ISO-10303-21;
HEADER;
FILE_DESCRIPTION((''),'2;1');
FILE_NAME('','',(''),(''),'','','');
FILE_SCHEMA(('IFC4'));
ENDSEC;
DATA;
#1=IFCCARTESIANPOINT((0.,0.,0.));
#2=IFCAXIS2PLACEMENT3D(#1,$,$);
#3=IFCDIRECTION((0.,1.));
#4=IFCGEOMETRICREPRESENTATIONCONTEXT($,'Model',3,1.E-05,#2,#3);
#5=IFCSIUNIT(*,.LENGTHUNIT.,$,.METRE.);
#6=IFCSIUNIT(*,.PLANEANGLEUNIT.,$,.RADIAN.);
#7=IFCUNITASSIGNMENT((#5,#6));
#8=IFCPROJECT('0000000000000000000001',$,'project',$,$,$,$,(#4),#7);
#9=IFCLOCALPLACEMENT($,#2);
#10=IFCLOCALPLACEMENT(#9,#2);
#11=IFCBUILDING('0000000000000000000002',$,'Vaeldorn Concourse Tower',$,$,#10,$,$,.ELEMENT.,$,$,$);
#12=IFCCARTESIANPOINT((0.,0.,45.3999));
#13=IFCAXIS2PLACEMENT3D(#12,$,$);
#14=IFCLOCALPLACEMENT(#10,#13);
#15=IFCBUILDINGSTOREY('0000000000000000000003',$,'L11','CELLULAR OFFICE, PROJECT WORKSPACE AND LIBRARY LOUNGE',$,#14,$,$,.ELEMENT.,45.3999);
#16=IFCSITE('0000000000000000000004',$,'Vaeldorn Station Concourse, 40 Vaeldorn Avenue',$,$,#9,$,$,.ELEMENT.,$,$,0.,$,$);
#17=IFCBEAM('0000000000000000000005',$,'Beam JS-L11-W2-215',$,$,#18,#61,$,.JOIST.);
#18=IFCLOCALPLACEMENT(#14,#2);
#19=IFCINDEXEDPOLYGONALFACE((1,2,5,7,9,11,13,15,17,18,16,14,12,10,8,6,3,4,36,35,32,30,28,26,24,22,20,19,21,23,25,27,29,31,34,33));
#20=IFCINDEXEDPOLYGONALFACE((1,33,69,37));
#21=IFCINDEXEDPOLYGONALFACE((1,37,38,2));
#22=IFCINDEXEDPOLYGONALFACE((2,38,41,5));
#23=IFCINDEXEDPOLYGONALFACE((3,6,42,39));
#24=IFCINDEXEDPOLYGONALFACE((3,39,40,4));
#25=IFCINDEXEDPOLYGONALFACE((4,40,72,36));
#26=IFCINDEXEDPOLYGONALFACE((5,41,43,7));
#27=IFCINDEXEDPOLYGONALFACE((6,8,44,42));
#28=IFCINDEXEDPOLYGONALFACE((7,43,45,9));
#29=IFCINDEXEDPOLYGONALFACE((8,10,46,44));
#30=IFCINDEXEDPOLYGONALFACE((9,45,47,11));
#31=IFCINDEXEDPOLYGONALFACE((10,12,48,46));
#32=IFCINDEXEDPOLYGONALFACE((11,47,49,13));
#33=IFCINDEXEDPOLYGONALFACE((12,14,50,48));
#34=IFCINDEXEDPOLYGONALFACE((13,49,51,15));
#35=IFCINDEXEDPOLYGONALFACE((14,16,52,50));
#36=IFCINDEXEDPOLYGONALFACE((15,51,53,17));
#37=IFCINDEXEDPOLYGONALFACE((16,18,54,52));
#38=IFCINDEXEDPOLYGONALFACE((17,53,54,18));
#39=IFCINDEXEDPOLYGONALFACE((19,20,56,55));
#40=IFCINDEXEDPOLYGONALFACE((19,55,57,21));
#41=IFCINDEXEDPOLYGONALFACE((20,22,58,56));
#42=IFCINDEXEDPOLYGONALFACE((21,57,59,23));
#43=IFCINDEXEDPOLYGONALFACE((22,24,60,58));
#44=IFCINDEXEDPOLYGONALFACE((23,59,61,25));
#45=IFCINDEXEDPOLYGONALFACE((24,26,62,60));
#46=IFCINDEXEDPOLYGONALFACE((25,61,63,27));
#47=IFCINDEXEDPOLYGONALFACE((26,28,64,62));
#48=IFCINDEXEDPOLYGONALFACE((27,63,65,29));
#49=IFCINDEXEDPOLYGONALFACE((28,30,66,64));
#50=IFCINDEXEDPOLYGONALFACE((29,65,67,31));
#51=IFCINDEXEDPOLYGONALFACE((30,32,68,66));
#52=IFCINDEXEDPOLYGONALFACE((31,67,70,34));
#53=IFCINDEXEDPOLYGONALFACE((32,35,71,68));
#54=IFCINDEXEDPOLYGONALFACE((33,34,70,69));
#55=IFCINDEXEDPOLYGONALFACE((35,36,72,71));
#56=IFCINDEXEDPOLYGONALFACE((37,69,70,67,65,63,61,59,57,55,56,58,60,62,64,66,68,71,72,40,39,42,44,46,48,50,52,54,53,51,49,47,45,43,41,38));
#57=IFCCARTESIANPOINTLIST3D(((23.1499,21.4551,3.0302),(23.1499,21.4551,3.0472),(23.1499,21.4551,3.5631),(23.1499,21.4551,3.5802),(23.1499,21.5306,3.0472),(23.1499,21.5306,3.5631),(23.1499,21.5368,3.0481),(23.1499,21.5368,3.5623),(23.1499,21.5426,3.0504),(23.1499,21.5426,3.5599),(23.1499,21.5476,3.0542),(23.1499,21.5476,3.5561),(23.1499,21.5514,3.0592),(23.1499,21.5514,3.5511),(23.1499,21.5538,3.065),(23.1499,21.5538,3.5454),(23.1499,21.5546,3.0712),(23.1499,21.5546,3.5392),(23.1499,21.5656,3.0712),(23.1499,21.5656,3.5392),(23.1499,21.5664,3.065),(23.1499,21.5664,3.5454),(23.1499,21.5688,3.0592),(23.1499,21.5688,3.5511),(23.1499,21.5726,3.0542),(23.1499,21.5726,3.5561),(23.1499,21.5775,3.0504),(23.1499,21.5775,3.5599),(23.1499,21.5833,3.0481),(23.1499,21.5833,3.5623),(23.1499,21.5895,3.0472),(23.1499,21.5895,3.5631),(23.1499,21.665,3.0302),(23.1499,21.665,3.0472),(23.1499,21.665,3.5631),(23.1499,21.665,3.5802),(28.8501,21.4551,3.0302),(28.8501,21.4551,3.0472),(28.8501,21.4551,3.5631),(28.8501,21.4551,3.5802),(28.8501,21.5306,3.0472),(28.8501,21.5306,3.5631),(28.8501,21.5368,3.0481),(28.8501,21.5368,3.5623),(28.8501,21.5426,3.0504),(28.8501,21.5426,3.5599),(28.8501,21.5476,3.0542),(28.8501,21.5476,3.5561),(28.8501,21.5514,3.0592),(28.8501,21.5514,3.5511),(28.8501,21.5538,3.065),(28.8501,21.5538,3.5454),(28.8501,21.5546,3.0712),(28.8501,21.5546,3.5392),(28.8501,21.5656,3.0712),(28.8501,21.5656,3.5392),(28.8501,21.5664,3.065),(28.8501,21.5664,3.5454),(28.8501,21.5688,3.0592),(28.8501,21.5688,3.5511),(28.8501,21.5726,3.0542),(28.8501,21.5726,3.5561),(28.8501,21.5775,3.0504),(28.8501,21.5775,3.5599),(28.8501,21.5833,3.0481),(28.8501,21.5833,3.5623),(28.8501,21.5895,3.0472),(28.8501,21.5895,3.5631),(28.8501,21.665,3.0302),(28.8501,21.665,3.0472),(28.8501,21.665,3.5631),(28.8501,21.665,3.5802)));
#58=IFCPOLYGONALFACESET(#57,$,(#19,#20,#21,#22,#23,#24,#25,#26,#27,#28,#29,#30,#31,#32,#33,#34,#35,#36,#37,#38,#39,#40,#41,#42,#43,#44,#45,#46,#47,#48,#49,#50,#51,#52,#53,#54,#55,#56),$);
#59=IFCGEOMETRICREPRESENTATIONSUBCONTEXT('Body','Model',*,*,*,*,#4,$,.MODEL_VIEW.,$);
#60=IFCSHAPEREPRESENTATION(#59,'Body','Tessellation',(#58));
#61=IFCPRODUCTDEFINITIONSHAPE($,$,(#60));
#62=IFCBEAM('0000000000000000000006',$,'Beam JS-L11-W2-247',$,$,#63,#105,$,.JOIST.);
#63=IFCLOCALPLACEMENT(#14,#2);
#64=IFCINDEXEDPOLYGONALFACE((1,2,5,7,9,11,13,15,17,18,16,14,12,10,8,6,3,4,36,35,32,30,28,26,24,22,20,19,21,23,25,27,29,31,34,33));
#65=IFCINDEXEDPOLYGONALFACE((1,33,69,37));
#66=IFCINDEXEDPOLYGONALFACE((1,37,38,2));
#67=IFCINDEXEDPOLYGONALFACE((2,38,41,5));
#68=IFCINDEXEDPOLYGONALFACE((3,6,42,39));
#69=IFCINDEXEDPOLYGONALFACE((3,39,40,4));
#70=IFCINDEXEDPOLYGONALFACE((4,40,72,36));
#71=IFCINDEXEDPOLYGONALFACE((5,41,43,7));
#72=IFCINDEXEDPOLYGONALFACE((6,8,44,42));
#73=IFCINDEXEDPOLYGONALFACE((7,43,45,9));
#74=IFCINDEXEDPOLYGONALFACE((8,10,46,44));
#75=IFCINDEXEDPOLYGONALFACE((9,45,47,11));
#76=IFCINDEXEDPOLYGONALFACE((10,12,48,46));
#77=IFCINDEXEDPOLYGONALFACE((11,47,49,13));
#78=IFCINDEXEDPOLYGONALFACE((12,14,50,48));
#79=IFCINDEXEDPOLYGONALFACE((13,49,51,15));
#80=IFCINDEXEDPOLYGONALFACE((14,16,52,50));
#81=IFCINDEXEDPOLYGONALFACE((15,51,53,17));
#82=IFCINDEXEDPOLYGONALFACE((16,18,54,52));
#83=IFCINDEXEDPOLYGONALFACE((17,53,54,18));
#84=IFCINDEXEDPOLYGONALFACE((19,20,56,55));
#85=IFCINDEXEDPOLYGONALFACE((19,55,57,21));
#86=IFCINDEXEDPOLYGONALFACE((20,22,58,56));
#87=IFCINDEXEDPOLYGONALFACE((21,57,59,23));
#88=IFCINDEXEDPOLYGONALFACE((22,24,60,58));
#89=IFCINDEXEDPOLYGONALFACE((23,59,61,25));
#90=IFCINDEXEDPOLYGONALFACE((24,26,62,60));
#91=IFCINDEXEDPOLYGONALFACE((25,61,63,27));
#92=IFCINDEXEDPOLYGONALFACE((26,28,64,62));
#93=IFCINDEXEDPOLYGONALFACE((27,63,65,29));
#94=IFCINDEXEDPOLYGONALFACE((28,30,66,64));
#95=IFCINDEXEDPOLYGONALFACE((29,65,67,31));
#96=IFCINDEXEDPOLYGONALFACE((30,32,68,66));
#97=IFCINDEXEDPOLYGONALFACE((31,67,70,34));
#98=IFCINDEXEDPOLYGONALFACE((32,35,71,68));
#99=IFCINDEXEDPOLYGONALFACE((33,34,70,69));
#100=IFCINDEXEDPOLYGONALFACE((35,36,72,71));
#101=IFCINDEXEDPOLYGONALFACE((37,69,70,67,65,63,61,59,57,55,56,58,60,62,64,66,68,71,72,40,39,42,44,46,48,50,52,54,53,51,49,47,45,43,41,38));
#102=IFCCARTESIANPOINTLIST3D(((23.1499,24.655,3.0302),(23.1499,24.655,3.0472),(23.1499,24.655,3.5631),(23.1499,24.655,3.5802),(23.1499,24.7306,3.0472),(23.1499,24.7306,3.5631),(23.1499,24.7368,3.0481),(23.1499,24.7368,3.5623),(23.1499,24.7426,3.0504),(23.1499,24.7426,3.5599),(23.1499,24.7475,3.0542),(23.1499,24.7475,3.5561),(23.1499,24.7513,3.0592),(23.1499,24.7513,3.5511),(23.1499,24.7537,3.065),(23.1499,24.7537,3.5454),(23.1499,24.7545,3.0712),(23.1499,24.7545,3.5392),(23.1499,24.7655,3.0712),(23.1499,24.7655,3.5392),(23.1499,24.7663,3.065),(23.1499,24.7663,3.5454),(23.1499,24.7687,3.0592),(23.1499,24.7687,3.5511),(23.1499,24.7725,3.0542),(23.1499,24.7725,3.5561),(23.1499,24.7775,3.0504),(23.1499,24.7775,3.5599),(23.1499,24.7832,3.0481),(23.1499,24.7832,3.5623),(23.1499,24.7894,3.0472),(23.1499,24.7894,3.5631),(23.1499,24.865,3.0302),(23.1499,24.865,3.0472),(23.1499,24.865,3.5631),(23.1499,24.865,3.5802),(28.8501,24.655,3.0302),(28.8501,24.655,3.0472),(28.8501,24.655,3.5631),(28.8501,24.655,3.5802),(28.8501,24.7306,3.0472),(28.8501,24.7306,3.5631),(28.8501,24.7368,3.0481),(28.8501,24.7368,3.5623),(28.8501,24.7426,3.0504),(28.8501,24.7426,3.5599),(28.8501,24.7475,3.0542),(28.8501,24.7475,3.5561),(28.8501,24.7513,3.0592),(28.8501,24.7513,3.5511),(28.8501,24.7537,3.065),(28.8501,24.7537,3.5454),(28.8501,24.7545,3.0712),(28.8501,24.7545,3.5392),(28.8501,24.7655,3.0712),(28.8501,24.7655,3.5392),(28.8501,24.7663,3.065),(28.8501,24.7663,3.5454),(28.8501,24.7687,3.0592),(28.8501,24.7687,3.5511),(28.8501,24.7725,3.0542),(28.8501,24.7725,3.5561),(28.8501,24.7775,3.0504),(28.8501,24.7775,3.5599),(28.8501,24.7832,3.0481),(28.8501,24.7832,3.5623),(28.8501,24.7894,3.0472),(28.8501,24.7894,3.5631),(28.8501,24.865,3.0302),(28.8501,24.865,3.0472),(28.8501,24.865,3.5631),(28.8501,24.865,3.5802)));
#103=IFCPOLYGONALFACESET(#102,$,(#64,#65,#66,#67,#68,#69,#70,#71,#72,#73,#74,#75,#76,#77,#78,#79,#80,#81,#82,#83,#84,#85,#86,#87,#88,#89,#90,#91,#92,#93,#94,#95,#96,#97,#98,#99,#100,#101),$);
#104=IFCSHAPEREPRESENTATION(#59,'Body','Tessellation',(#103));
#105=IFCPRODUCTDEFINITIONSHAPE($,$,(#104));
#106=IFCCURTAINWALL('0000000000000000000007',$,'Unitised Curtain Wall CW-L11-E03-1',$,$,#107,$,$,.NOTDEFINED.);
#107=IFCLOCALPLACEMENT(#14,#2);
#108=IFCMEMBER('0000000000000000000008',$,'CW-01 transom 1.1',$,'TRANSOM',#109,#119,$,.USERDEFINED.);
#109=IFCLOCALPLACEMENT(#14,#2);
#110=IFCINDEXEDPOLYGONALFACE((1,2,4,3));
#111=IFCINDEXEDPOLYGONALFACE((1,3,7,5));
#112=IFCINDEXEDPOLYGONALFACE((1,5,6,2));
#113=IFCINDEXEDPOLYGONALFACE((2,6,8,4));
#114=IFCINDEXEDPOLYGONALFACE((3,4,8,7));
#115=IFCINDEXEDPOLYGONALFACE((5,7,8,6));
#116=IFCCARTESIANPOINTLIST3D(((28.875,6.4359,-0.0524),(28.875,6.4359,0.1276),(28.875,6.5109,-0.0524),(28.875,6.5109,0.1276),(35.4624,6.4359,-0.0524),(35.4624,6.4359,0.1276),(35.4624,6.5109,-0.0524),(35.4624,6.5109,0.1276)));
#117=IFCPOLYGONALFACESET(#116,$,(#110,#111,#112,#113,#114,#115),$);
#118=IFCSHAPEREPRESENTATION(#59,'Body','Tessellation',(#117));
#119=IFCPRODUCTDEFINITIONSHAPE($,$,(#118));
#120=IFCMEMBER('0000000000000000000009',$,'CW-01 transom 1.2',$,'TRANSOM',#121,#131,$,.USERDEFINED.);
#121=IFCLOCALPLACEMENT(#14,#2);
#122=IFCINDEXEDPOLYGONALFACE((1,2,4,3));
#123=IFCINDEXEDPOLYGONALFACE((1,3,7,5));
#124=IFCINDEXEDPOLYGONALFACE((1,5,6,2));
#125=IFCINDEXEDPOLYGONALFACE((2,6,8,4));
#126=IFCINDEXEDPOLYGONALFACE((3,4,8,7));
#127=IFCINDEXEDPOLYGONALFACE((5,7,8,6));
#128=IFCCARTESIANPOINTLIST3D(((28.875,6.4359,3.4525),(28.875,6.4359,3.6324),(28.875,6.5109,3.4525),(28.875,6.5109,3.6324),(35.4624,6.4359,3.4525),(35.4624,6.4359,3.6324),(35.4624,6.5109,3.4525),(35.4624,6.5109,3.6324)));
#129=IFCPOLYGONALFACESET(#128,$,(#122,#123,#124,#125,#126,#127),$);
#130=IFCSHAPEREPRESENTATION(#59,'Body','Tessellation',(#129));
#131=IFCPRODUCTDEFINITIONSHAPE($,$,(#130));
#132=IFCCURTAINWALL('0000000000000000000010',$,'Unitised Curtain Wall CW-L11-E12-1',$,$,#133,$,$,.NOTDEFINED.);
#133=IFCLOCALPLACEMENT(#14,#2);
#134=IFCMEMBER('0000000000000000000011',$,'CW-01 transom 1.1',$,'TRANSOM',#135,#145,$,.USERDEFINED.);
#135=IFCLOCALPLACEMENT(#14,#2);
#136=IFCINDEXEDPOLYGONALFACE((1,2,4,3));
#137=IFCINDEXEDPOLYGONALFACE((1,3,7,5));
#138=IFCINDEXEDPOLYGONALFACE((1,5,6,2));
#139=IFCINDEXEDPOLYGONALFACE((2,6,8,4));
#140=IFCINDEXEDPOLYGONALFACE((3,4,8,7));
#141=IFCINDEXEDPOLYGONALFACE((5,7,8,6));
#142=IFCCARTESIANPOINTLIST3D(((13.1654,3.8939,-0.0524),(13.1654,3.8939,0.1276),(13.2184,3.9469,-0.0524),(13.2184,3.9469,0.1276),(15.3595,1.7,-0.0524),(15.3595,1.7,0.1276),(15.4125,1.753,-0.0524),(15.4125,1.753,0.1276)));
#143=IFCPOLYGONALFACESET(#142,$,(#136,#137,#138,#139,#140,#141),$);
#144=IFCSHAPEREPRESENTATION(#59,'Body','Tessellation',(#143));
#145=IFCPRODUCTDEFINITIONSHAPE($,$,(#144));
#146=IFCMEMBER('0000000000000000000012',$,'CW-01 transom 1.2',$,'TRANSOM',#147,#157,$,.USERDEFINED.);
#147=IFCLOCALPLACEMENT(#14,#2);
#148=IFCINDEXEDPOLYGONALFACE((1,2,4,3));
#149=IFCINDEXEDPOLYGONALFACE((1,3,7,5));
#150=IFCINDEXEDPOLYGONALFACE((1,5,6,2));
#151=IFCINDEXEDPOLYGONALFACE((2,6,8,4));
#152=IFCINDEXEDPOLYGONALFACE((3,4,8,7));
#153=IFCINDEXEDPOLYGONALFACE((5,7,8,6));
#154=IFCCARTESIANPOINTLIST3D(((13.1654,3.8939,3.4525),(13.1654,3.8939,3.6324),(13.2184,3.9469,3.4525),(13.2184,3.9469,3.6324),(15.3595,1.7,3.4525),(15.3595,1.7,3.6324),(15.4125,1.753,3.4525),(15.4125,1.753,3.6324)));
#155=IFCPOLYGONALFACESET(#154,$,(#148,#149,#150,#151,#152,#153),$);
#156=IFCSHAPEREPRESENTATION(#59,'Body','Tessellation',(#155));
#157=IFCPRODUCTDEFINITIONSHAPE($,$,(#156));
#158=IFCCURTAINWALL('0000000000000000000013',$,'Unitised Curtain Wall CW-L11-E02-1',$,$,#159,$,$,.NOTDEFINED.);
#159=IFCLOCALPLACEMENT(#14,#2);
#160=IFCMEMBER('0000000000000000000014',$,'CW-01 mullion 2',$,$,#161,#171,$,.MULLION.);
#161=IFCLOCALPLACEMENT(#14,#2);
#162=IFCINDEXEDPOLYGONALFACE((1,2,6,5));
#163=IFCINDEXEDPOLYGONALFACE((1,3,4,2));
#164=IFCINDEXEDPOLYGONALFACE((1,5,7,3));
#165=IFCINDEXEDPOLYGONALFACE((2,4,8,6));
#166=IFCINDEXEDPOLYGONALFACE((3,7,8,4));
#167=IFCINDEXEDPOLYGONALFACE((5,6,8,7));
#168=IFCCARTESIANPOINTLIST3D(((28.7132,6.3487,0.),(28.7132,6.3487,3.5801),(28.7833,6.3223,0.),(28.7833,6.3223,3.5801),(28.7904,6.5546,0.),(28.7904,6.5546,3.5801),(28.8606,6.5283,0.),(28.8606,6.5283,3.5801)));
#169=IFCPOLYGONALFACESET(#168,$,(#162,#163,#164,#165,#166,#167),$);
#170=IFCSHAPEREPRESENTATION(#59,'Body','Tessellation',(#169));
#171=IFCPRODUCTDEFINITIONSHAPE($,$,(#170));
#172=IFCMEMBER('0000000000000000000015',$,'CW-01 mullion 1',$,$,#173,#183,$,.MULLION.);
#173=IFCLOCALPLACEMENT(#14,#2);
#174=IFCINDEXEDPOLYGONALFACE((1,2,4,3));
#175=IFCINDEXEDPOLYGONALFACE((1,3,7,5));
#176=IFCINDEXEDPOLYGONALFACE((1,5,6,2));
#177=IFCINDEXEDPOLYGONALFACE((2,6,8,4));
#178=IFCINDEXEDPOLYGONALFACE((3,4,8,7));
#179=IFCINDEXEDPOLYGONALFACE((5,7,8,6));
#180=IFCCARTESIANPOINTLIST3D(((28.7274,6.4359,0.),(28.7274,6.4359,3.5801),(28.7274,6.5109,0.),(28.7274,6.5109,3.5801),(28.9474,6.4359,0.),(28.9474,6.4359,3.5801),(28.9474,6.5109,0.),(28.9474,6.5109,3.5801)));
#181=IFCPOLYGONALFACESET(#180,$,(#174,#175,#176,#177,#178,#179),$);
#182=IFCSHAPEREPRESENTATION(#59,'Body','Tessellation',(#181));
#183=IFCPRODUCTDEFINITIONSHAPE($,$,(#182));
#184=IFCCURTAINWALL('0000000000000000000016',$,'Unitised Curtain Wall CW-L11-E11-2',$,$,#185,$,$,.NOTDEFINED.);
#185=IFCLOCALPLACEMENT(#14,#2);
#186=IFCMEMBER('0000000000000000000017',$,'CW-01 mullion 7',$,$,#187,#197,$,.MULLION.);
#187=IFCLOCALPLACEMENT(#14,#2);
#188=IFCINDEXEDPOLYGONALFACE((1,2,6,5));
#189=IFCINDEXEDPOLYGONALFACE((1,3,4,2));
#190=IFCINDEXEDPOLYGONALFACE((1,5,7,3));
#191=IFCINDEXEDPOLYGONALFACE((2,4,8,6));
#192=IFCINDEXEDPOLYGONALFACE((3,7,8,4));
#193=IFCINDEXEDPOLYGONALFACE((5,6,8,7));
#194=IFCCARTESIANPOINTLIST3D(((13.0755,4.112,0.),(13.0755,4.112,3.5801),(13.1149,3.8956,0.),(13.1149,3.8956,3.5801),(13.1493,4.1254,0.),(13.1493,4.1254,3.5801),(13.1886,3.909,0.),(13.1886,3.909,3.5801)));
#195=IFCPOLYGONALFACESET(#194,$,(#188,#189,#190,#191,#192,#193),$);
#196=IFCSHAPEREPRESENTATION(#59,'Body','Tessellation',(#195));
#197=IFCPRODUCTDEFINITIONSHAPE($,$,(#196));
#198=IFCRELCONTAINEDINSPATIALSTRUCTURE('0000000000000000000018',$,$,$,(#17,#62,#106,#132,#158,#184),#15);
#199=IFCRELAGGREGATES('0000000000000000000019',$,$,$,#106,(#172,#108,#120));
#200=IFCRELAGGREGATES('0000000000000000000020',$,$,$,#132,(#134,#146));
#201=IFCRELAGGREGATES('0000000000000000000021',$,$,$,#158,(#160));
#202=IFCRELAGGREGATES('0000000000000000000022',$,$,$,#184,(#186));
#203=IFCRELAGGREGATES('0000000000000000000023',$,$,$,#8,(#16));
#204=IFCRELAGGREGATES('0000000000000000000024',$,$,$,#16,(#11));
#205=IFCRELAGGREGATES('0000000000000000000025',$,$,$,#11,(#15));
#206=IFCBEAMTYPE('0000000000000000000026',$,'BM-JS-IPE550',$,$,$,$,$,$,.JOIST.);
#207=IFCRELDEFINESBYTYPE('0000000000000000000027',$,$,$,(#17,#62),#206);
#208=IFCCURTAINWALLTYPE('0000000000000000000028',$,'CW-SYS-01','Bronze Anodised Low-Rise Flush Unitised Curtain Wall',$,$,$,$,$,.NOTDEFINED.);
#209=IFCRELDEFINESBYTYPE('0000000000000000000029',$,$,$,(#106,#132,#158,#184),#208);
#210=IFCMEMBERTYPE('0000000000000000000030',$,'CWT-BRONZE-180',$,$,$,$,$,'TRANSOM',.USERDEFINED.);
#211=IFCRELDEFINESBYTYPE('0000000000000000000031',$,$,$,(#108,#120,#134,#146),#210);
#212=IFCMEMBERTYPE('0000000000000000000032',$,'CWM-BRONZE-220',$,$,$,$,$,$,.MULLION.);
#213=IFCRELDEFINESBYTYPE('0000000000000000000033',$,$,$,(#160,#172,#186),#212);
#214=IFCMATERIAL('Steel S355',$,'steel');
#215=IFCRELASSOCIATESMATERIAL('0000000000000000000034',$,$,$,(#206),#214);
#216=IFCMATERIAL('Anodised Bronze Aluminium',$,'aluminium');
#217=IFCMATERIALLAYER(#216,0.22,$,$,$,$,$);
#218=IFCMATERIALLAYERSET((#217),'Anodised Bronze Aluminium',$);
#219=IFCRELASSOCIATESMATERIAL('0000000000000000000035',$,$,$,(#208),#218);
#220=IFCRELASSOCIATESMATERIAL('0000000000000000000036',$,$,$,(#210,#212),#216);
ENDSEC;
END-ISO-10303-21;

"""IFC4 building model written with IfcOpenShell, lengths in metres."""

from ifc_helpers import new_model, si_unit, direction, frame, origin, origin_2d, place, context, subcontext, project, spatial, rectangle, i_section, extrude, source, transform, mapped, material, layer, layer_set, material_profile, profile_set, type_object, element, aggregate, save


model = new_model("IFC4")

# Units and contexts
model_context = context("Model", 3, precision=1e-05, world=origin(), true_north=direction((0.0, 1.0)))
body_context = subcontext(model_context, "Body", "Model", "MODEL_VIEW")
ifc_project = project(units=[si_unit("LENGTHUNIT", "METRE"), si_unit("PLANEANGLEUNIT", "RADIAN")], contexts=[model_context])

# Site, building, storey
site_placement = place(None, origin())
site = spatial("IfcSite", under=ifc_project, at=site_placement, Name="Vaeldorn Station Concourse, 40 Vaeldorn Avenue", CompositionType="ELEMENT", RefElevation=0.0)
building_placement = place(site_placement, origin())
building = spatial("IfcBuilding", under=site, at=building_placement, Name="Vaeldorn Concourse Tower", CompositionType="ELEMENT")
storey_placement = place(building_placement, frame((0.0, 0.0, 45.3999)))
storey = spatial("IfcBuildingStorey", under=building, at=storey_placement, Name="L11", Description="CELLULAR OFFICE, PROJECT WORKSPACE AND LIBRARY LOUNGE", CompositionType="ELEMENT", Elevation=45.3999)

# Beams
ifc_material_1 = material(Name="Steel S355", Category="steel")
ifc_material_profile_1 = material_profile(ifc_material_1, i_section(OverallWidth=0.21, OverallDepth=0.55, WebThickness=0.011, FlangeThickness=0.0171, FilletRadius=0.0239, at=origin_2d()), Name="IPE 550")
ifc_profile_set_1 = profile_set([ifc_material_profile_1], Name="Steel S355")
beam_type_1 = type_object("IfcBeamType", Name="BM-JS-IPE550", PredefinedType="JOIST", material=ifc_profile_set_1)
shared_shape_1 = source(origin(), body_context, "Body", "SweptSolid", [
    extrude(i_section(OverallWidth=0.21, OverallDepth=0.55, WebThickness=0.011, FlangeThickness=0.0171, FilletRadius=0.0239, at=origin_2d()), origin(), (0.0, 0.0, 1.0), 5.7002),
])
for number, where, z_axis, x_axis, name in (
    (1, (23.1499, 21.5601, 3.3052), (1.0, 0.0, 0.0), (0.0, 1.0, 0.0), "Beam JS-L11-W2-215"),
    (2, (23.1499, 24.76, 3.3052), (1.0, 0.0, 0.0), (0.0, 1.0, 0.0), "Beam JS-L11-W2-247"),
):
    element("IfcBeam", number, at=place(storey_placement, frame(where, z_axis=z_axis, x_axis=x_axis)), inside=storey, type_object=beam_type_1, Name=name, PredefinedType="JOIST", context=body_context, shape_type="MappedRepresentation", body=[
        mapped(shared_shape_1, transform((0.0, 0.0, 0.0), scale=1.0)),
    ])

# Curtain walls, members
ifc_material_2 = material(Name="Anodised Bronze Aluminium", Category="aluminium")
ifc_layer_1 = layer(ifc_material_2, 0.22)
ifc_layer_set_1 = layer_set([ifc_layer_1], Name="Anodised Bronze Aluminium")
curtain_wall_type = type_object("IfcCurtainWallType", Name="CW-SYS-01", Description="Bronze Anodised Low-Rise Flush Unitised Curtain Wall", PredefinedType="NOTDEFINED", material=ifc_layer_set_1)
curtain_wall_1_placement = place(storey_placement, origin())
curtain_wall_1 = element("IfcCurtainWall", 3, at=curtain_wall_1_placement, inside=storey, type_object=curtain_wall_type, Name="Unitised Curtain Wall CW-L11-E03-1", PredefinedType="NOTDEFINED")
ifc_material_profile_2 = material_profile(ifc_material_2, rectangle(XDim=0.075, YDim=0.1799, at=origin_2d()), Name="CWT 75x180")
ifc_profile_set_2 = profile_set([ifc_material_profile_2], Name="Anodised Bronze Aluminium")
member_type_1 = type_object("IfcMemberType", Name="CWT-BRONZE-180", ElementType="TRANSOM", PredefinedType="USERDEFINED", material=ifc_profile_set_2)
shared_shape_2 = source(origin(), body_context, "Body", "SweptSolid", [
    extrude(rectangle(XDim=0.075, YDim=0.1799, at=origin_2d()), origin(), (0.0, 0.0, 1.0), 6.5874),
])
member_1_placement = place(storey_placement, frame((28.875, 6.4734, 0.0376), z_axis=(1.0, 0.0, 0.0), x_axis=(0.0, 1.0, 0.0)))
member_1 = element("IfcMember", 4, at=member_1_placement, type_object=member_type_1, Name="CW-01 transom 1.1", ObjectType="TRANSOM", PredefinedType="USERDEFINED", context=body_context, shape_type="MappedRepresentation", body=[
    mapped(shared_shape_2, transform((0.0, 0.0, 0.0), scale=1.0)),
])
member_2_placement = place(storey_placement, frame((28.875, 6.4734, 3.5425), z_axis=(1.0, 0.0, 0.0), x_axis=(0.0, 1.0, 0.0)))
member_2 = element("IfcMember", 5, at=member_2_placement, type_object=member_type_1, Name="CW-01 transom 1.2", ObjectType="TRANSOM", PredefinedType="USERDEFINED", context=body_context, shape_type="MappedRepresentation", body=[
    mapped(shared_shape_2, transform((0.0, 0.0, 0.0), scale=1.0)),
])
curtain_wall_2_placement = place(storey_placement, origin())
curtain_wall_2 = element("IfcCurtainWall", 6, at=curtain_wall_2_placement, inside=storey, type_object=curtain_wall_type, Name="Unitised Curtain Wall CW-L11-E12-1", PredefinedType="NOTDEFINED")
shared_shape_3 = source(origin(), body_context, "Body", "SweptSolid", [
    extrude(rectangle(XDim=0.075, YDim=0.1799, at=origin_2d()), origin(), (0.0, 0.0, 1.0), 3.1028),
])
member_3_placement = place(storey_placement, frame((13.1919, 3.9204, 0.0376), z_axis=(0.707146, -0.707067, 0.0), x_axis=(0.707067, 0.707146, 0.0)))
member_3 = element("IfcMember", 7, at=member_3_placement, type_object=member_type_1, Name="CW-01 transom 1.1", ObjectType="TRANSOM", PredefinedType="USERDEFINED", context=body_context, shape_type="MappedRepresentation", body=[
    mapped(shared_shape_3, transform((0.0, 0.0, 0.0), scale=1.0)),
])
member_4_placement = place(storey_placement, frame((13.1919, 3.9204, 3.5425), z_axis=(0.707146, -0.707067, 0.0), x_axis=(0.707067, 0.707146, 0.0)))
member_4 = element("IfcMember", 8, at=member_4_placement, type_object=member_type_1, Name="CW-01 transom 1.2", ObjectType="TRANSOM", PredefinedType="USERDEFINED", context=body_context, shape_type="MappedRepresentation", body=[
    mapped(shared_shape_3, transform((0.0, 0.0, 0.0), scale=1.0)),
])

# Curtain wall, member
curtain_wall_3_placement = place(storey_placement, origin())
curtain_wall_3 = element("IfcCurtainWall", 9, at=curtain_wall_3_placement, inside=storey, type_object=curtain_wall_type, Name="Unitised Curtain Wall CW-L11-E02-1", PredefinedType="NOTDEFINED")
ifc_material_profile_3 = material_profile(ifc_material_2, rectangle(XDim=0.075, YDim=0.22, at=origin_2d()), Name="CWM 75x220")
ifc_profile_set_3 = profile_set([ifc_material_profile_3], Name="Anodised Bronze Aluminium")
member_type_2 = type_object("IfcMemberType", Name="CWM-BRONZE-220", PredefinedType="MULLION", material=ifc_profile_set_3)
shared_shape_4 = source(origin(), body_context, "Body", "SweptSolid", [
    extrude(rectangle(XDim=0.075, YDim=0.22, at=origin_2d()), origin(), (0.0, 0.0, 1.0), 3.5801),
])
member_5_placement = place(storey_placement, frame((28.7869, 6.4385, 0.0), z_axis=(0.0, 0.0, 1.0), x_axis=(-0.936329, 0.351123, 0.0)))
member_5 = element("IfcMember", 10, at=member_5_placement, type_object=member_type_2, Name="CW-01 mullion 2", PredefinedType="MULLION", context=body_context, shape_type="MappedRepresentation", body=[
    mapped(shared_shape_4, transform((0.0, 0.0, 0.0), scale=1.0)),
])

# Member
member_6_placement = place(storey_placement, frame((28.8374, 6.4734, 0.0), z_axis=(0.0, 0.0, 1.0), x_axis=(0.0, 1.0, 0.0)))
member_6 = element("IfcMember", 11, at=member_6_placement, type_object=member_type_2, Name="CW-01 mullion 1", PredefinedType="MULLION", context=body_context, shape_type="MappedRepresentation", body=[
    mapped(shared_shape_4, transform((0.0, 0.0, 0.0), scale=1.0)),
])
aggregate(curtain_wall_1, [member_6, member_1, member_2])

# Curtain wall, member
curtain_wall_4_placement = place(storey_placement, origin())
curtain_wall_4 = element("IfcCurtainWall", 12, at=curtain_wall_4_placement, inside=storey, type_object=curtain_wall_type, Name="Unitised Curtain Wall CW-L11-E11-2", PredefinedType="NOTDEFINED")
member_7_placement = place(storey_placement, frame((13.1321, 4.0105, 0.0), z_axis=(0.0, 0.0, 1.0), x_axis=(0.983844, 0.17903, 0.0)))
member_7 = element("IfcMember", 13, at=member_7_placement, type_object=member_type_2, Name="CW-01 mullion 7", PredefinedType="MULLION", context=body_context, shape_type="MappedRepresentation", body=[
    mapped(shared_shape_4, transform((0.0, 0.0, 0.0), scale=1.0)),
])

aggregate(curtain_wall_2, [member_3, member_4])

aggregate(curtain_wall_3, [member_5])
aggregate(curtain_wall_4, [member_7])

save(model, "model.ifc")
